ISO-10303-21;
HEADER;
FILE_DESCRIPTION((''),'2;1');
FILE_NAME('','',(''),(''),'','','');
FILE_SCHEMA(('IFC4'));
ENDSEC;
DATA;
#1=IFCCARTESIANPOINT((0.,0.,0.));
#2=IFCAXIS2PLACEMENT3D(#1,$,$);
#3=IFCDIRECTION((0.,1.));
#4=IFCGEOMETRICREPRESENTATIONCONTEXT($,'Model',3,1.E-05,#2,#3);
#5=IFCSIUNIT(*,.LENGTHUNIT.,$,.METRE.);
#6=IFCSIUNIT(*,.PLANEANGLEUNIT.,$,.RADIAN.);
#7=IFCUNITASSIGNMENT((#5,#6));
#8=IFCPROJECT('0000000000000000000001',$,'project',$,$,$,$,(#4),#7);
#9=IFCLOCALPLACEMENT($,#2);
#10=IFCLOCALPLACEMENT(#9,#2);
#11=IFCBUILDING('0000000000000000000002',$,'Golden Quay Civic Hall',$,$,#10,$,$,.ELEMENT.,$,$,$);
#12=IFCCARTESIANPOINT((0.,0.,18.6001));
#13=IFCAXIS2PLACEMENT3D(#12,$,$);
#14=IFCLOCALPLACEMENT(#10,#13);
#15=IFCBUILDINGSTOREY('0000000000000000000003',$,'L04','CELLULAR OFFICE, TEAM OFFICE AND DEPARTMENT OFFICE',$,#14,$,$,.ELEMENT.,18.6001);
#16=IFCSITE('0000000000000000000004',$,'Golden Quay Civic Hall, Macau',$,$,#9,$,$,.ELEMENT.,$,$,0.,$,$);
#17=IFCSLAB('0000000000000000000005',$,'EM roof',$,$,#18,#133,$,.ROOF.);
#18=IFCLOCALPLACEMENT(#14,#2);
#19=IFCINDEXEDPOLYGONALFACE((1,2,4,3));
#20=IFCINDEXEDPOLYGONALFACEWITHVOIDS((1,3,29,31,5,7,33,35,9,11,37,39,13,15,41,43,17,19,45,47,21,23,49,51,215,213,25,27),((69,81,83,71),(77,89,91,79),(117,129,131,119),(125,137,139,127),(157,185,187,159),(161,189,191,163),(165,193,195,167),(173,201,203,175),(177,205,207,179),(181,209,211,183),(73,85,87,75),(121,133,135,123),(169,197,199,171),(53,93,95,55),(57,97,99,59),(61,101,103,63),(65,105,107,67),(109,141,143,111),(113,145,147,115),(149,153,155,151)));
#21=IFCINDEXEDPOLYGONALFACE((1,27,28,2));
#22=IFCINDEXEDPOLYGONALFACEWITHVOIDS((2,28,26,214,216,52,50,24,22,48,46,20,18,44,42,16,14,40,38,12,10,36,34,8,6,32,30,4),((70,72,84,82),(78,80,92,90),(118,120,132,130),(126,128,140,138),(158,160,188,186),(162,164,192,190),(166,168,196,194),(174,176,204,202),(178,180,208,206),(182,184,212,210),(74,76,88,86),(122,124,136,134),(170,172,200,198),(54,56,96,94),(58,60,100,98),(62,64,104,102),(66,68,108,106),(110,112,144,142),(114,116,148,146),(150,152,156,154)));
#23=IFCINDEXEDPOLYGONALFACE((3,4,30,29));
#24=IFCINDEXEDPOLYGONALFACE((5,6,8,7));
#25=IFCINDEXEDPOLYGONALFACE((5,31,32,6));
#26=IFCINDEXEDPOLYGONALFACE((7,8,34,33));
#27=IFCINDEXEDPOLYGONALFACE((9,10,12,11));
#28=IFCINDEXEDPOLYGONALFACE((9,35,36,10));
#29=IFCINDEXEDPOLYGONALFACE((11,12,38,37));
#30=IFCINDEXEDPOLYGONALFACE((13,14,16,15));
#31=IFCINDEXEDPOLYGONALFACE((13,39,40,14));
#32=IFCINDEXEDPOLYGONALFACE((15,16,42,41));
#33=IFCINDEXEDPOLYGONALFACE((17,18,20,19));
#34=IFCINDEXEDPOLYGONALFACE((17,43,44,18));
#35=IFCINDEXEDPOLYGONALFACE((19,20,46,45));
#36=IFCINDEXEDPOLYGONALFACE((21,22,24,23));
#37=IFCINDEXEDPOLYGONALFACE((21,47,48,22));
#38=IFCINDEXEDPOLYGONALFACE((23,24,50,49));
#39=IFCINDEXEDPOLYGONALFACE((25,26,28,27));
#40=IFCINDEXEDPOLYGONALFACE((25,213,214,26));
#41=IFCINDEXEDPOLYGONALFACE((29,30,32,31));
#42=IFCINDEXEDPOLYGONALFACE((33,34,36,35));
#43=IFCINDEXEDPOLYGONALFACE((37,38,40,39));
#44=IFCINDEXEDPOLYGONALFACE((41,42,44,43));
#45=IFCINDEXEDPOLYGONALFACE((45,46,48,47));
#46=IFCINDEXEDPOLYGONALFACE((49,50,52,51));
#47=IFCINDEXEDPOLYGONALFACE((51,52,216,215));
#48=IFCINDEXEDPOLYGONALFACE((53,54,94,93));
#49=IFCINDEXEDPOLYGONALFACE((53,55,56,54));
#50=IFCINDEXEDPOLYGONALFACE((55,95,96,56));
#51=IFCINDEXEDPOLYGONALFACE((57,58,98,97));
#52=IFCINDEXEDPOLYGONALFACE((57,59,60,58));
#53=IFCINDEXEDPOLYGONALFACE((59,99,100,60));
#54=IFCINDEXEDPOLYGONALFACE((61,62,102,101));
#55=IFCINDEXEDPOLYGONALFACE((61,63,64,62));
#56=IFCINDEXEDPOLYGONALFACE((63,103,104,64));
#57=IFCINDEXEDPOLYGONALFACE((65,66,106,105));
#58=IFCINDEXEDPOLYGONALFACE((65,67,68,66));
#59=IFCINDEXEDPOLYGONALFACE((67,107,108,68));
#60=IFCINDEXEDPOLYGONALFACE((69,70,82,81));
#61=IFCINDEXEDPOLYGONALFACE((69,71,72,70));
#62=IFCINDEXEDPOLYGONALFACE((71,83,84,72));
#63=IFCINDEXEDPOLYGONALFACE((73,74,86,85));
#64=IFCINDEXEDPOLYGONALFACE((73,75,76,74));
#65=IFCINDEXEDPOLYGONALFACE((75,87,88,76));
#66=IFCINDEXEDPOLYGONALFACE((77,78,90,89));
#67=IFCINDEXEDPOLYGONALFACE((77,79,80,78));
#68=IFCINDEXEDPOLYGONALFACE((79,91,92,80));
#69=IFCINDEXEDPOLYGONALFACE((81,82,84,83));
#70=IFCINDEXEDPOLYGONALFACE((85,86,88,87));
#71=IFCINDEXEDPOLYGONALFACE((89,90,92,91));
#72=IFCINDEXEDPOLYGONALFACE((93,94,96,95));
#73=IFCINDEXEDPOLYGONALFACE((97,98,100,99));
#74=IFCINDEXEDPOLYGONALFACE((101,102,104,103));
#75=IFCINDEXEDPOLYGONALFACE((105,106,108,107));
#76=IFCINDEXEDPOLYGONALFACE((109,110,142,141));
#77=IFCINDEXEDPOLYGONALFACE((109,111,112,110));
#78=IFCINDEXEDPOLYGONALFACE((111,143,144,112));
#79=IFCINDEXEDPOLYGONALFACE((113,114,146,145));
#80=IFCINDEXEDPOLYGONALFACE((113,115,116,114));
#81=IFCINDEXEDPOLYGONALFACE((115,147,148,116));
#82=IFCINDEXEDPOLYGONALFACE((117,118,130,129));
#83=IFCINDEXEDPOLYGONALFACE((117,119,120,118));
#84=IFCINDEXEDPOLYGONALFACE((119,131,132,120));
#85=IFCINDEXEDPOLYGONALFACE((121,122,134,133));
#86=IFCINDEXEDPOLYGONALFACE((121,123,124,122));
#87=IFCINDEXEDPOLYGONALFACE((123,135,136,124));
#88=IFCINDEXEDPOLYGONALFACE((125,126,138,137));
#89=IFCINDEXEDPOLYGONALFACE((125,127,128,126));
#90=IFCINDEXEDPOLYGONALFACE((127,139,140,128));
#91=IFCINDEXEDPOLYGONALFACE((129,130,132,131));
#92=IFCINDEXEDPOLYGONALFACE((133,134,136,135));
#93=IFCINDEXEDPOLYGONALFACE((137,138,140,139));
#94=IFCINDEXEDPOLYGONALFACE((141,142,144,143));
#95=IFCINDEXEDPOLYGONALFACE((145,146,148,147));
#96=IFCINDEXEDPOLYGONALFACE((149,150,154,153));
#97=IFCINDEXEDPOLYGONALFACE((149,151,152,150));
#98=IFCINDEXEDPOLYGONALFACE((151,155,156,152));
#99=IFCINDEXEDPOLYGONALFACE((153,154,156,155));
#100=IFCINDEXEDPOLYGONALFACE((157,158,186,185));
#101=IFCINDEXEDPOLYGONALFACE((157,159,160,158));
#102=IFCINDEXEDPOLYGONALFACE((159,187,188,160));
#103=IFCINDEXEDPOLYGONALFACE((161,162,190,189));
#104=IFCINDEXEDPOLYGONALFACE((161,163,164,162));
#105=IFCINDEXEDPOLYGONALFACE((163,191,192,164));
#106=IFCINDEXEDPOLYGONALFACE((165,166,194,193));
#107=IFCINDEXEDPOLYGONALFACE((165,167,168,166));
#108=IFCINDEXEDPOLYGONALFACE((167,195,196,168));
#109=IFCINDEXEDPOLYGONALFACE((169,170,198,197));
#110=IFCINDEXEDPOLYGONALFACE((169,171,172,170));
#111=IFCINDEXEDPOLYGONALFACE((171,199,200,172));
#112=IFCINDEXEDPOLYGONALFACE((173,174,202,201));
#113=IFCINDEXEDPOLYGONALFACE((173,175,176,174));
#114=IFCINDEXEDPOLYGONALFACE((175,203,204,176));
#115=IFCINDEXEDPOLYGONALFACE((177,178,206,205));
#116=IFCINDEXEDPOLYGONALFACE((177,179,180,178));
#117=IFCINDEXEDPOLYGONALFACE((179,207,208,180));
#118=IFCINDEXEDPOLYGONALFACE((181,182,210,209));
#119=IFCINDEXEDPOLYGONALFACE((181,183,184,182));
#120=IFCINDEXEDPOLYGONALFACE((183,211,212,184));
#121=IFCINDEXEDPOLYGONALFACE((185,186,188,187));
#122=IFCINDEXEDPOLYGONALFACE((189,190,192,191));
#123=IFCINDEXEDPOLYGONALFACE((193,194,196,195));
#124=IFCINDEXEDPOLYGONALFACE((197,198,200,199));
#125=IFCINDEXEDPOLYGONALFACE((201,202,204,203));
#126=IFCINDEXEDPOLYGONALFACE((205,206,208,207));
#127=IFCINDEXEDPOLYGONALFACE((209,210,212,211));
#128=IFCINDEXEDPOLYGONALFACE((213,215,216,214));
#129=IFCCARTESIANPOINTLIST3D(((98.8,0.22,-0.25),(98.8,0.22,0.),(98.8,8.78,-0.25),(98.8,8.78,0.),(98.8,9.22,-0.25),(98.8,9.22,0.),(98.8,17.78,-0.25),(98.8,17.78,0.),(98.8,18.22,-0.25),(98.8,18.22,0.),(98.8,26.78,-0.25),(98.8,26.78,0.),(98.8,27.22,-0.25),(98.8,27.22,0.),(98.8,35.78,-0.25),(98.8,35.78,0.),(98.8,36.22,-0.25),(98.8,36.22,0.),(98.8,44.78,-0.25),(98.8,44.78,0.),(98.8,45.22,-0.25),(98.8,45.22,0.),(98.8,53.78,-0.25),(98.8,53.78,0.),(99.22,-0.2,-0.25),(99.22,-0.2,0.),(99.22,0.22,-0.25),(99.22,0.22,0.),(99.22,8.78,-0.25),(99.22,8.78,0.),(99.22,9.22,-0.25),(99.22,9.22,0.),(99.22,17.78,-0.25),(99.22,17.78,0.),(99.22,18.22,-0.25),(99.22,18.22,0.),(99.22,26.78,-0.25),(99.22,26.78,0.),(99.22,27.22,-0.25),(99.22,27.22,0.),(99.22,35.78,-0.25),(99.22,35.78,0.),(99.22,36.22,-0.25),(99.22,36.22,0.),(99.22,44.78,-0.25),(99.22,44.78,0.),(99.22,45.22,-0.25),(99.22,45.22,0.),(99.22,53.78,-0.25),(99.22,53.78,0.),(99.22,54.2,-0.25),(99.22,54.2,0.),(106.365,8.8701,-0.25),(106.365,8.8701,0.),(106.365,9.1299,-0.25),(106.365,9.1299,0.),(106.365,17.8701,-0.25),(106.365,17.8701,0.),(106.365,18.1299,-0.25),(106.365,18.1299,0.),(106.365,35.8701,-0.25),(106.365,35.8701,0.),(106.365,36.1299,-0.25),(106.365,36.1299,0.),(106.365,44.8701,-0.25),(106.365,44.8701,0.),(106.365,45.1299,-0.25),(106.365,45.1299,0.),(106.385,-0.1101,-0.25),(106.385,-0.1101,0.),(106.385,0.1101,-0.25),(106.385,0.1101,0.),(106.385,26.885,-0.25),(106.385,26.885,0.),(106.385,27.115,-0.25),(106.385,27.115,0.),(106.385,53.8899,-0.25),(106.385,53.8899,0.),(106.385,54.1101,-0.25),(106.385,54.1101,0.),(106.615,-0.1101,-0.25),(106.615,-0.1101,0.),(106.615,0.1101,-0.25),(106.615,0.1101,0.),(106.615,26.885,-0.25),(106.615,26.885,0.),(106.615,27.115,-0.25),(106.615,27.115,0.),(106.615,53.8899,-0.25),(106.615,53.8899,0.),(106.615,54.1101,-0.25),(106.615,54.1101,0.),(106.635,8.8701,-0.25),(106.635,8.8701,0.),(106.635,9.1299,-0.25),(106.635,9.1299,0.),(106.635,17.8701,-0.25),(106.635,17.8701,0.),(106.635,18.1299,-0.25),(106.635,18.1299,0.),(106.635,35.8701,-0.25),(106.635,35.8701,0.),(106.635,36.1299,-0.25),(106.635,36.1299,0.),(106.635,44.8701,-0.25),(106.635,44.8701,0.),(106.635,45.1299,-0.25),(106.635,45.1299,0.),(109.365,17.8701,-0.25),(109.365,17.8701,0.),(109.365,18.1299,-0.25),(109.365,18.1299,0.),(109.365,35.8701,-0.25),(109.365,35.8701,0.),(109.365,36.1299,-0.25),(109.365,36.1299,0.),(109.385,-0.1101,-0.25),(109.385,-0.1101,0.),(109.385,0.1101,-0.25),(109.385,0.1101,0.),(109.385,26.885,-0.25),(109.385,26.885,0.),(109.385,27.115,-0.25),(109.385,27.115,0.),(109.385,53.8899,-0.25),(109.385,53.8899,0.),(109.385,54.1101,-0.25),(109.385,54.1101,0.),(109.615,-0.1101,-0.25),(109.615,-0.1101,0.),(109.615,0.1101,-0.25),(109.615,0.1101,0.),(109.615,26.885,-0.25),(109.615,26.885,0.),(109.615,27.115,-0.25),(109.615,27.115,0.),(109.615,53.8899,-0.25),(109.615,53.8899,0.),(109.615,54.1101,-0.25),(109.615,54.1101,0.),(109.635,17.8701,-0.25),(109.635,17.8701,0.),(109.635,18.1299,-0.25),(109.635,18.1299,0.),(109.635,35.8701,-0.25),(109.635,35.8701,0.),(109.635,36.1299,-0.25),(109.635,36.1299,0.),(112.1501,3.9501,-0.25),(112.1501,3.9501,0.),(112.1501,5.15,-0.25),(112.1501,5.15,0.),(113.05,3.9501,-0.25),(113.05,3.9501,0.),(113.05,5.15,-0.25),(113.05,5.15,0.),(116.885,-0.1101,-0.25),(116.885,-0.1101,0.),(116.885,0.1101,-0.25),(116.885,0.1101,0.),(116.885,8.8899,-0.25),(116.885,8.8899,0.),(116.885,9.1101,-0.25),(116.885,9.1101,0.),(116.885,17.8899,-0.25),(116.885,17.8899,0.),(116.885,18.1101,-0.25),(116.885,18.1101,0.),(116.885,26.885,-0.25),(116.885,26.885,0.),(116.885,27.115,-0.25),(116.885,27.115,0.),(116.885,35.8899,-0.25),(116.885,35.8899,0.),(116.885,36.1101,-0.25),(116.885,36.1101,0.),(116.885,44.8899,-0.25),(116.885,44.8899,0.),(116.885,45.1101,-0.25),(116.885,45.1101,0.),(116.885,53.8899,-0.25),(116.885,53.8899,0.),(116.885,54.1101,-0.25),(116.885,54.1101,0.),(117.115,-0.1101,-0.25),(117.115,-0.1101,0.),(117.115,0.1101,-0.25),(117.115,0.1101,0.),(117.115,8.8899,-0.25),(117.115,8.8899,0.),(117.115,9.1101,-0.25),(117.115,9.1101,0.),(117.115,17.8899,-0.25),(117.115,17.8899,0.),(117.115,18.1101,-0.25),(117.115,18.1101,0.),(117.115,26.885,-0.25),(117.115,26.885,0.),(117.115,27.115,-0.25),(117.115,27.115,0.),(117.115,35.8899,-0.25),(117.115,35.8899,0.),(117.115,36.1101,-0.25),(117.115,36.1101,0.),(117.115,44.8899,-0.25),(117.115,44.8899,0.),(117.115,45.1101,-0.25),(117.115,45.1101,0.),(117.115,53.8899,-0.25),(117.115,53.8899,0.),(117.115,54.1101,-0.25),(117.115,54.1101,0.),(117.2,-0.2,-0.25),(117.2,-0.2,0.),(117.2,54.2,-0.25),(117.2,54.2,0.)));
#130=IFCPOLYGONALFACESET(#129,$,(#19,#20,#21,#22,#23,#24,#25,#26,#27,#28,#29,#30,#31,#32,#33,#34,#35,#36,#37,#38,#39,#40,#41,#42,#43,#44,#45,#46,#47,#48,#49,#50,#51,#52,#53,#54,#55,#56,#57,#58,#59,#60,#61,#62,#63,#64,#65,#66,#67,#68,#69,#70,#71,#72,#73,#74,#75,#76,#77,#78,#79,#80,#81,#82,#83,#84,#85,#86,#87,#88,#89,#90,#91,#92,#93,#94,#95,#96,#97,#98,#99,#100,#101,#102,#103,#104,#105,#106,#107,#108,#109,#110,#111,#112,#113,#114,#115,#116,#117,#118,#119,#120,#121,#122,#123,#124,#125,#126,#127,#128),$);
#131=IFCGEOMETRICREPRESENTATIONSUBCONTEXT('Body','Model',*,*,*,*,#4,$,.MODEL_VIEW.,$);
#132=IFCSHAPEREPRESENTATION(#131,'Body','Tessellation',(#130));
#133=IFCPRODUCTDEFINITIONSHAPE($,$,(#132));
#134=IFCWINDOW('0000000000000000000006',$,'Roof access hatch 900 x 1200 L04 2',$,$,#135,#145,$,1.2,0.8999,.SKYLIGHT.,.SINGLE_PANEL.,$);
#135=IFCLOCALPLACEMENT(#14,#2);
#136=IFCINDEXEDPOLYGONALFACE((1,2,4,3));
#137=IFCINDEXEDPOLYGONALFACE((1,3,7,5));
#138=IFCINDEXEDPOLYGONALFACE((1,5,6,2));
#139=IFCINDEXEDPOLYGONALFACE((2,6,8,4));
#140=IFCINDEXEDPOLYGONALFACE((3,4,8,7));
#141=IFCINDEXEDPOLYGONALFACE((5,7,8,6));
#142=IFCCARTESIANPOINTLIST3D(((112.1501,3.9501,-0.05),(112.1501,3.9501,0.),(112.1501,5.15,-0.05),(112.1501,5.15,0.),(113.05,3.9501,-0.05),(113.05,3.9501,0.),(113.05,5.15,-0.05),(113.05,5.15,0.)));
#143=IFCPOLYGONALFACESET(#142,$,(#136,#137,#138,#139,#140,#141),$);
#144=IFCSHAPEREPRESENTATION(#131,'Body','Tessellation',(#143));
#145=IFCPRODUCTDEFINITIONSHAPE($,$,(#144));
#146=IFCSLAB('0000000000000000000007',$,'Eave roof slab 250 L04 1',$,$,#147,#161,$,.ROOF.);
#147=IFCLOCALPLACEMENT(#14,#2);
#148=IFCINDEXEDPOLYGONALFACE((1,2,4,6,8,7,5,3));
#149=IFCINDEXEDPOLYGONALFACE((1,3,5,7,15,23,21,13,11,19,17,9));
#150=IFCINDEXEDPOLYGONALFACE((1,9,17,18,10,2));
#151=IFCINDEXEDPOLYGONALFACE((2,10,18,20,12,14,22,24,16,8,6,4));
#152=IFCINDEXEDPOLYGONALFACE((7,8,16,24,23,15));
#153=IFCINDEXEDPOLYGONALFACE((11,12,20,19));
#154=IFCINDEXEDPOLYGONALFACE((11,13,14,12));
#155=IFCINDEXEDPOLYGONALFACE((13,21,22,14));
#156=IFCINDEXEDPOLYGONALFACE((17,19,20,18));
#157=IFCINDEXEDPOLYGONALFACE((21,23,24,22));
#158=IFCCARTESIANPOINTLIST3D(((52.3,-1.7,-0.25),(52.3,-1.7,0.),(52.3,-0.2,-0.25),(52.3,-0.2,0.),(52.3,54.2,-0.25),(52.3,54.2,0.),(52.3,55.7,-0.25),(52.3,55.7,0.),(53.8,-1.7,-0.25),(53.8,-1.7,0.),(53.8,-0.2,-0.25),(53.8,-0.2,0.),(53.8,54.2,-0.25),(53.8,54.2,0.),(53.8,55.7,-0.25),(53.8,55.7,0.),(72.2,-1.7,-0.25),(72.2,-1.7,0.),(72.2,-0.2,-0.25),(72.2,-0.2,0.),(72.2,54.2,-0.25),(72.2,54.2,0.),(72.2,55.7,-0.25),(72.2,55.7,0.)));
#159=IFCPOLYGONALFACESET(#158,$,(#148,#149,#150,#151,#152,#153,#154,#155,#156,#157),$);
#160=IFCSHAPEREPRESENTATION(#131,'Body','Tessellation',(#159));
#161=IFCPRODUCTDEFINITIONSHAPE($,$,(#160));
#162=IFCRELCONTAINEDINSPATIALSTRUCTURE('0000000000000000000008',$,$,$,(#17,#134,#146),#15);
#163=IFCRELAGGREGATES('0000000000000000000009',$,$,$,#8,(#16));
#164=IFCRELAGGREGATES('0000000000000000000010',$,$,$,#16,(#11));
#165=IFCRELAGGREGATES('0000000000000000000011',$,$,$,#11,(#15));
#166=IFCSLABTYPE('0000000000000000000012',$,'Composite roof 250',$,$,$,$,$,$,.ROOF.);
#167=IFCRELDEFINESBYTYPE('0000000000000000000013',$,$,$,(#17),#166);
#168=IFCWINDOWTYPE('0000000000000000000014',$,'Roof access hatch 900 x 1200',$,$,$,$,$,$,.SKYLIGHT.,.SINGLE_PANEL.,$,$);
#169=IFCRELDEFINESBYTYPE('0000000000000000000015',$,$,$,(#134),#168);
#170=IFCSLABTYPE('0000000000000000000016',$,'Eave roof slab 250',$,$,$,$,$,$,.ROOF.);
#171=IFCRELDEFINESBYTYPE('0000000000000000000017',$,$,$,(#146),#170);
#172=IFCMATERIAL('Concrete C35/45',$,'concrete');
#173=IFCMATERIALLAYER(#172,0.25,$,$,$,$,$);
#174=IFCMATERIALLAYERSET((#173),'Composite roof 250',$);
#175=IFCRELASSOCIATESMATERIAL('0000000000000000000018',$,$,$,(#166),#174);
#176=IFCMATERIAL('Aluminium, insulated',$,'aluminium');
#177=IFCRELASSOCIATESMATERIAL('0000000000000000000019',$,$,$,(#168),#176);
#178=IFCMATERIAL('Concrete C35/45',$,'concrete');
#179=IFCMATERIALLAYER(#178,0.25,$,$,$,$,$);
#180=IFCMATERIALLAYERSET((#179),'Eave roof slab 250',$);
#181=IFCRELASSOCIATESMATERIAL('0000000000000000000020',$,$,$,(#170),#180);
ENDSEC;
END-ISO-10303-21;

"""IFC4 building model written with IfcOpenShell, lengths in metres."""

from ifc_helpers import new_model, si_unit, direction, frame, origin, origin_2d, place, context, subcontext, project, spatial, polyline, rectangle, outline, extrude, material, layer, layer_set, type_object, element, fill, save


model = new_model("IFC4")

# Units and contexts
model_context = context("Model", 3, precision=1e-05, world=origin(), true_north=direction((0.0, 1.0)))
body_context = subcontext(model_context, "Body", "Model", "MODEL_VIEW")
ifc_project = project(units=[si_unit("LENGTHUNIT", "METRE"), si_unit("PLANEANGLEUNIT", "RADIAN")], contexts=[model_context])

# Site, building, storey
site_placement = place(None, origin())
site = spatial("IfcSite", under=ifc_project, at=site_placement, Name="Golden Quay Civic Hall, Macau", CompositionType="ELEMENT", RefElevation=0.0)
building_placement = place(site_placement, origin())
building = spatial("IfcBuilding", under=site, at=building_placement, Name="Golden Quay Civic Hall", CompositionType="ELEMENT")
storey_placement = place(building_placement, frame((0.0, 0.0, 18.6001)))
storey = spatial("IfcBuildingStorey", under=building, at=storey_placement, Name="L04", Description="CELLULAR OFFICE, TEAM OFFICE AND DEPARTMENT OFFICE", CompositionType="ELEMENT", Elevation=18.6001)

# Slab, opening, window
ifc_material_1 = material(Name="Concrete C35/45", Category="concrete")
ifc_layer_1 = layer(ifc_material_1, 0.25)
ifc_layer_set_1 = layer_set([ifc_layer_1], Name="Composite roof 250")
slab_type_1 = type_object("IfcSlabType", Name="Composite roof 250", PredefinedType="ROOF", material=ifc_layer_set_1)
ifc_material_2 = material(Name="Aluminium, insulated", Category="aluminium")
window_type = type_object("IfcWindowType", Name="Roof access hatch 900 x 1200", PartitioningType="SINGLE_PANEL", PredefinedType="SKYLIGHT", material=ifc_material_2)
slab_1_placement = place(storey_placement, frame((0.0, 0.0, -0.25)))
slab_1 = element("IfcSlab", 1, at=slab_1_placement, inside=storey, type_object=slab_type_1, Name="EM roof", PredefinedType="ROOF", context=body_context, shape_type="SweptSolid", body=[
    extrude(outline(polyline([(99.22, 36.22), (98.8, 36.22), (98.8, 44.78), (99.22, 44.78), (99.22, 45.22), (98.8, 45.22), (98.8, 53.78), (99.22, 53.78), (99.22, 54.2), (117.2, 54.2), (117.2, -0.2), (99.22, -0.2), (99.22, 0.22), (98.8, 0.22), (98.8, 8.78), (99.22, 8.78), (99.22, 9.22), (98.8, 9.22), (98.8, 17.78), (99.22, 17.78), (99.22, 18.22), (98.8, 18.22), (98.8, 26.78), (99.22, 26.78), (99.22, 27.22), (98.8, 27.22), (98.8, 35.78), (99.22, 35.78), (99.22, 36.22)]), holes=[polyline([(106.385, -0.1101), (106.615, -0.1101), (106.615, 0.1101), (106.385, 0.1101), (106.385, -0.1101)]), polyline([(106.365, 9.1299), (106.365, 8.8701), (106.635, 8.8701), (106.635, 9.1299), (106.365, 9.1299)]), polyline([(106.635, 18.1299), (106.365, 18.1299), (106.365, 17.8701), (106.635, 17.8701), (106.635, 18.1299)]), polyline([(109.615, -0.1101), (109.615, 0.1101), (109.385, 0.1101), (109.385, -0.1101), (109.615, -0.1101)]), polyline([(109.365, 17.8701), (109.635, 17.8701), (109.635, 18.1299), (109.365, 18.1299), (109.365, 17.8701)]), polyline([(116.885, 0.1101), (116.885, -0.1101), (117.115, -0.1101), (117.115, 0.1101), (116.885, 0.1101)]), polyline([(117.115, 9.1101), (116.885, 9.1101), (116.885, 8.8899), (117.115, 8.8899), (117.115, 9.1101)]), polyline([(117.115, 17.8899), (117.115, 18.1101), (116.885, 18.1101), (116.885, 17.8899), (117.115, 17.8899)]), polyline([(106.365, 35.8701), (106.635, 35.8701), (106.635, 36.1299), (106.365, 36.1299), (106.365, 35.8701)]), polyline([(106.365, 45.1299), (106.365, 44.8701), (106.635, 44.8701), (106.635, 45.1299), (106.365, 45.1299)]), polyline([(106.615, 54.1101), (106.385, 54.1101), (106.385, 53.8899), (106.615, 53.8899), (106.615, 54.1101)]), polyline([(109.635, 35.8701), (109.635, 36.1299), (109.365, 36.1299), (109.365, 35.8701), (109.635, 35.8701)]), polyline([(109.385, 53.8899), (109.615, 53.8899), (109.615, 54.1101), (109.385, 54.1101), (109.385, 53.8899)]), polyline([(116.885, 36.1101), (116.885, 35.8899), (117.115, 35.8899), (117.115, 36.1101), (116.885, 36.1101)]), polyline([(117.115, 45.1101), (116.885, 45.1101), (116.885, 44.8899), (117.115, 44.8899), (117.115, 45.1101)]), polyline([(117.115, 53.8899), (117.115, 54.1101), (116.885, 54.1101), (116.885, 53.8899), (117.115, 53.8899)]), polyline([(106.385, 26.885), (106.615, 26.885), (106.615, 27.115), (106.385, 27.115), (106.385, 26.885)]), polyline([(109.385, 27.115), (109.385, 26.885), (109.615, 26.885), (109.615, 27.115), (109.385, 27.115)]), polyline([(117.115, 27.115), (116.885, 27.115), (116.885, 26.885), (117.115, 26.885), (117.115, 27.115)])]), origin(), (0.0, 0.0, 1.0), 0.25),
])
opening_1_placement = place(slab_1_placement, frame((112.6001, 4.55, 0.0)))
opening_1 = element("IfcOpeningElement", 2, at=opening_1_placement, cuts=slab_1, PredefinedType="OPENING", context=body_context, shape_type="SweptSolid", body=[
    extrude(rectangle(XDim=0.8999, YDim=1.2, at=origin_2d()), origin(), (0.0, 0.0, 1.0), 0.25),
])
window_1_placement = place(opening_1_placement, frame((0.0, 0.0, 0.2)))
window_1 = element("IfcWindow", 3, at=window_1_placement, inside=storey, type_object=window_type, Name="Roof access hatch 900 x 1200 L04 2", OverallHeight=1.2, OverallWidth=0.8999, PartitioningType="SINGLE_PANEL", PredefinedType="SKYLIGHT", context=body_context, shape_type="SweptSolid", body=[
    extrude(rectangle(XDim=0.8999, YDim=1.2, at=origin_2d()), origin(), (0.0, 0.0, 1.0), 0.05),
])
fill(opening_1, window_1)

# Slab
ifc_material_3 = material(Name="Concrete C35/45", Category="concrete")
ifc_layer_2 = layer(ifc_material_3, 0.25)
ifc_layer_set_2 = layer_set([ifc_layer_2], Name="Eave roof slab 250")
slab_type_2 = type_object("IfcSlabType", Name="Eave roof slab 250", PredefinedType="ROOF", material=ifc_layer_set_2)
slab_2_placement = place(storey_placement, frame((0.0, 0.0, -0.25)))
element("IfcSlab", 4, at=slab_2_placement, inside=storey, type_object=slab_type_2, Name="Eave roof slab 250 L04 1", PredefinedType="ROOF", context=body_context, shape_type="SweptSolid", body=[
    extrude(outline(polyline([(72.2, -1.7), (53.8, -1.7), (52.3, -1.7), (52.3, -0.2), (52.3, 54.2), (52.3, 55.7), (53.8, 55.7), (72.2, 55.7), (72.2, 54.2), (53.8, 54.2), (53.8, -0.2), (72.2, -0.2), (72.2, -1.7)])), origin(), (0.0, 0.0, 1.0), 0.25),
])

save(model, "model.ifc")
